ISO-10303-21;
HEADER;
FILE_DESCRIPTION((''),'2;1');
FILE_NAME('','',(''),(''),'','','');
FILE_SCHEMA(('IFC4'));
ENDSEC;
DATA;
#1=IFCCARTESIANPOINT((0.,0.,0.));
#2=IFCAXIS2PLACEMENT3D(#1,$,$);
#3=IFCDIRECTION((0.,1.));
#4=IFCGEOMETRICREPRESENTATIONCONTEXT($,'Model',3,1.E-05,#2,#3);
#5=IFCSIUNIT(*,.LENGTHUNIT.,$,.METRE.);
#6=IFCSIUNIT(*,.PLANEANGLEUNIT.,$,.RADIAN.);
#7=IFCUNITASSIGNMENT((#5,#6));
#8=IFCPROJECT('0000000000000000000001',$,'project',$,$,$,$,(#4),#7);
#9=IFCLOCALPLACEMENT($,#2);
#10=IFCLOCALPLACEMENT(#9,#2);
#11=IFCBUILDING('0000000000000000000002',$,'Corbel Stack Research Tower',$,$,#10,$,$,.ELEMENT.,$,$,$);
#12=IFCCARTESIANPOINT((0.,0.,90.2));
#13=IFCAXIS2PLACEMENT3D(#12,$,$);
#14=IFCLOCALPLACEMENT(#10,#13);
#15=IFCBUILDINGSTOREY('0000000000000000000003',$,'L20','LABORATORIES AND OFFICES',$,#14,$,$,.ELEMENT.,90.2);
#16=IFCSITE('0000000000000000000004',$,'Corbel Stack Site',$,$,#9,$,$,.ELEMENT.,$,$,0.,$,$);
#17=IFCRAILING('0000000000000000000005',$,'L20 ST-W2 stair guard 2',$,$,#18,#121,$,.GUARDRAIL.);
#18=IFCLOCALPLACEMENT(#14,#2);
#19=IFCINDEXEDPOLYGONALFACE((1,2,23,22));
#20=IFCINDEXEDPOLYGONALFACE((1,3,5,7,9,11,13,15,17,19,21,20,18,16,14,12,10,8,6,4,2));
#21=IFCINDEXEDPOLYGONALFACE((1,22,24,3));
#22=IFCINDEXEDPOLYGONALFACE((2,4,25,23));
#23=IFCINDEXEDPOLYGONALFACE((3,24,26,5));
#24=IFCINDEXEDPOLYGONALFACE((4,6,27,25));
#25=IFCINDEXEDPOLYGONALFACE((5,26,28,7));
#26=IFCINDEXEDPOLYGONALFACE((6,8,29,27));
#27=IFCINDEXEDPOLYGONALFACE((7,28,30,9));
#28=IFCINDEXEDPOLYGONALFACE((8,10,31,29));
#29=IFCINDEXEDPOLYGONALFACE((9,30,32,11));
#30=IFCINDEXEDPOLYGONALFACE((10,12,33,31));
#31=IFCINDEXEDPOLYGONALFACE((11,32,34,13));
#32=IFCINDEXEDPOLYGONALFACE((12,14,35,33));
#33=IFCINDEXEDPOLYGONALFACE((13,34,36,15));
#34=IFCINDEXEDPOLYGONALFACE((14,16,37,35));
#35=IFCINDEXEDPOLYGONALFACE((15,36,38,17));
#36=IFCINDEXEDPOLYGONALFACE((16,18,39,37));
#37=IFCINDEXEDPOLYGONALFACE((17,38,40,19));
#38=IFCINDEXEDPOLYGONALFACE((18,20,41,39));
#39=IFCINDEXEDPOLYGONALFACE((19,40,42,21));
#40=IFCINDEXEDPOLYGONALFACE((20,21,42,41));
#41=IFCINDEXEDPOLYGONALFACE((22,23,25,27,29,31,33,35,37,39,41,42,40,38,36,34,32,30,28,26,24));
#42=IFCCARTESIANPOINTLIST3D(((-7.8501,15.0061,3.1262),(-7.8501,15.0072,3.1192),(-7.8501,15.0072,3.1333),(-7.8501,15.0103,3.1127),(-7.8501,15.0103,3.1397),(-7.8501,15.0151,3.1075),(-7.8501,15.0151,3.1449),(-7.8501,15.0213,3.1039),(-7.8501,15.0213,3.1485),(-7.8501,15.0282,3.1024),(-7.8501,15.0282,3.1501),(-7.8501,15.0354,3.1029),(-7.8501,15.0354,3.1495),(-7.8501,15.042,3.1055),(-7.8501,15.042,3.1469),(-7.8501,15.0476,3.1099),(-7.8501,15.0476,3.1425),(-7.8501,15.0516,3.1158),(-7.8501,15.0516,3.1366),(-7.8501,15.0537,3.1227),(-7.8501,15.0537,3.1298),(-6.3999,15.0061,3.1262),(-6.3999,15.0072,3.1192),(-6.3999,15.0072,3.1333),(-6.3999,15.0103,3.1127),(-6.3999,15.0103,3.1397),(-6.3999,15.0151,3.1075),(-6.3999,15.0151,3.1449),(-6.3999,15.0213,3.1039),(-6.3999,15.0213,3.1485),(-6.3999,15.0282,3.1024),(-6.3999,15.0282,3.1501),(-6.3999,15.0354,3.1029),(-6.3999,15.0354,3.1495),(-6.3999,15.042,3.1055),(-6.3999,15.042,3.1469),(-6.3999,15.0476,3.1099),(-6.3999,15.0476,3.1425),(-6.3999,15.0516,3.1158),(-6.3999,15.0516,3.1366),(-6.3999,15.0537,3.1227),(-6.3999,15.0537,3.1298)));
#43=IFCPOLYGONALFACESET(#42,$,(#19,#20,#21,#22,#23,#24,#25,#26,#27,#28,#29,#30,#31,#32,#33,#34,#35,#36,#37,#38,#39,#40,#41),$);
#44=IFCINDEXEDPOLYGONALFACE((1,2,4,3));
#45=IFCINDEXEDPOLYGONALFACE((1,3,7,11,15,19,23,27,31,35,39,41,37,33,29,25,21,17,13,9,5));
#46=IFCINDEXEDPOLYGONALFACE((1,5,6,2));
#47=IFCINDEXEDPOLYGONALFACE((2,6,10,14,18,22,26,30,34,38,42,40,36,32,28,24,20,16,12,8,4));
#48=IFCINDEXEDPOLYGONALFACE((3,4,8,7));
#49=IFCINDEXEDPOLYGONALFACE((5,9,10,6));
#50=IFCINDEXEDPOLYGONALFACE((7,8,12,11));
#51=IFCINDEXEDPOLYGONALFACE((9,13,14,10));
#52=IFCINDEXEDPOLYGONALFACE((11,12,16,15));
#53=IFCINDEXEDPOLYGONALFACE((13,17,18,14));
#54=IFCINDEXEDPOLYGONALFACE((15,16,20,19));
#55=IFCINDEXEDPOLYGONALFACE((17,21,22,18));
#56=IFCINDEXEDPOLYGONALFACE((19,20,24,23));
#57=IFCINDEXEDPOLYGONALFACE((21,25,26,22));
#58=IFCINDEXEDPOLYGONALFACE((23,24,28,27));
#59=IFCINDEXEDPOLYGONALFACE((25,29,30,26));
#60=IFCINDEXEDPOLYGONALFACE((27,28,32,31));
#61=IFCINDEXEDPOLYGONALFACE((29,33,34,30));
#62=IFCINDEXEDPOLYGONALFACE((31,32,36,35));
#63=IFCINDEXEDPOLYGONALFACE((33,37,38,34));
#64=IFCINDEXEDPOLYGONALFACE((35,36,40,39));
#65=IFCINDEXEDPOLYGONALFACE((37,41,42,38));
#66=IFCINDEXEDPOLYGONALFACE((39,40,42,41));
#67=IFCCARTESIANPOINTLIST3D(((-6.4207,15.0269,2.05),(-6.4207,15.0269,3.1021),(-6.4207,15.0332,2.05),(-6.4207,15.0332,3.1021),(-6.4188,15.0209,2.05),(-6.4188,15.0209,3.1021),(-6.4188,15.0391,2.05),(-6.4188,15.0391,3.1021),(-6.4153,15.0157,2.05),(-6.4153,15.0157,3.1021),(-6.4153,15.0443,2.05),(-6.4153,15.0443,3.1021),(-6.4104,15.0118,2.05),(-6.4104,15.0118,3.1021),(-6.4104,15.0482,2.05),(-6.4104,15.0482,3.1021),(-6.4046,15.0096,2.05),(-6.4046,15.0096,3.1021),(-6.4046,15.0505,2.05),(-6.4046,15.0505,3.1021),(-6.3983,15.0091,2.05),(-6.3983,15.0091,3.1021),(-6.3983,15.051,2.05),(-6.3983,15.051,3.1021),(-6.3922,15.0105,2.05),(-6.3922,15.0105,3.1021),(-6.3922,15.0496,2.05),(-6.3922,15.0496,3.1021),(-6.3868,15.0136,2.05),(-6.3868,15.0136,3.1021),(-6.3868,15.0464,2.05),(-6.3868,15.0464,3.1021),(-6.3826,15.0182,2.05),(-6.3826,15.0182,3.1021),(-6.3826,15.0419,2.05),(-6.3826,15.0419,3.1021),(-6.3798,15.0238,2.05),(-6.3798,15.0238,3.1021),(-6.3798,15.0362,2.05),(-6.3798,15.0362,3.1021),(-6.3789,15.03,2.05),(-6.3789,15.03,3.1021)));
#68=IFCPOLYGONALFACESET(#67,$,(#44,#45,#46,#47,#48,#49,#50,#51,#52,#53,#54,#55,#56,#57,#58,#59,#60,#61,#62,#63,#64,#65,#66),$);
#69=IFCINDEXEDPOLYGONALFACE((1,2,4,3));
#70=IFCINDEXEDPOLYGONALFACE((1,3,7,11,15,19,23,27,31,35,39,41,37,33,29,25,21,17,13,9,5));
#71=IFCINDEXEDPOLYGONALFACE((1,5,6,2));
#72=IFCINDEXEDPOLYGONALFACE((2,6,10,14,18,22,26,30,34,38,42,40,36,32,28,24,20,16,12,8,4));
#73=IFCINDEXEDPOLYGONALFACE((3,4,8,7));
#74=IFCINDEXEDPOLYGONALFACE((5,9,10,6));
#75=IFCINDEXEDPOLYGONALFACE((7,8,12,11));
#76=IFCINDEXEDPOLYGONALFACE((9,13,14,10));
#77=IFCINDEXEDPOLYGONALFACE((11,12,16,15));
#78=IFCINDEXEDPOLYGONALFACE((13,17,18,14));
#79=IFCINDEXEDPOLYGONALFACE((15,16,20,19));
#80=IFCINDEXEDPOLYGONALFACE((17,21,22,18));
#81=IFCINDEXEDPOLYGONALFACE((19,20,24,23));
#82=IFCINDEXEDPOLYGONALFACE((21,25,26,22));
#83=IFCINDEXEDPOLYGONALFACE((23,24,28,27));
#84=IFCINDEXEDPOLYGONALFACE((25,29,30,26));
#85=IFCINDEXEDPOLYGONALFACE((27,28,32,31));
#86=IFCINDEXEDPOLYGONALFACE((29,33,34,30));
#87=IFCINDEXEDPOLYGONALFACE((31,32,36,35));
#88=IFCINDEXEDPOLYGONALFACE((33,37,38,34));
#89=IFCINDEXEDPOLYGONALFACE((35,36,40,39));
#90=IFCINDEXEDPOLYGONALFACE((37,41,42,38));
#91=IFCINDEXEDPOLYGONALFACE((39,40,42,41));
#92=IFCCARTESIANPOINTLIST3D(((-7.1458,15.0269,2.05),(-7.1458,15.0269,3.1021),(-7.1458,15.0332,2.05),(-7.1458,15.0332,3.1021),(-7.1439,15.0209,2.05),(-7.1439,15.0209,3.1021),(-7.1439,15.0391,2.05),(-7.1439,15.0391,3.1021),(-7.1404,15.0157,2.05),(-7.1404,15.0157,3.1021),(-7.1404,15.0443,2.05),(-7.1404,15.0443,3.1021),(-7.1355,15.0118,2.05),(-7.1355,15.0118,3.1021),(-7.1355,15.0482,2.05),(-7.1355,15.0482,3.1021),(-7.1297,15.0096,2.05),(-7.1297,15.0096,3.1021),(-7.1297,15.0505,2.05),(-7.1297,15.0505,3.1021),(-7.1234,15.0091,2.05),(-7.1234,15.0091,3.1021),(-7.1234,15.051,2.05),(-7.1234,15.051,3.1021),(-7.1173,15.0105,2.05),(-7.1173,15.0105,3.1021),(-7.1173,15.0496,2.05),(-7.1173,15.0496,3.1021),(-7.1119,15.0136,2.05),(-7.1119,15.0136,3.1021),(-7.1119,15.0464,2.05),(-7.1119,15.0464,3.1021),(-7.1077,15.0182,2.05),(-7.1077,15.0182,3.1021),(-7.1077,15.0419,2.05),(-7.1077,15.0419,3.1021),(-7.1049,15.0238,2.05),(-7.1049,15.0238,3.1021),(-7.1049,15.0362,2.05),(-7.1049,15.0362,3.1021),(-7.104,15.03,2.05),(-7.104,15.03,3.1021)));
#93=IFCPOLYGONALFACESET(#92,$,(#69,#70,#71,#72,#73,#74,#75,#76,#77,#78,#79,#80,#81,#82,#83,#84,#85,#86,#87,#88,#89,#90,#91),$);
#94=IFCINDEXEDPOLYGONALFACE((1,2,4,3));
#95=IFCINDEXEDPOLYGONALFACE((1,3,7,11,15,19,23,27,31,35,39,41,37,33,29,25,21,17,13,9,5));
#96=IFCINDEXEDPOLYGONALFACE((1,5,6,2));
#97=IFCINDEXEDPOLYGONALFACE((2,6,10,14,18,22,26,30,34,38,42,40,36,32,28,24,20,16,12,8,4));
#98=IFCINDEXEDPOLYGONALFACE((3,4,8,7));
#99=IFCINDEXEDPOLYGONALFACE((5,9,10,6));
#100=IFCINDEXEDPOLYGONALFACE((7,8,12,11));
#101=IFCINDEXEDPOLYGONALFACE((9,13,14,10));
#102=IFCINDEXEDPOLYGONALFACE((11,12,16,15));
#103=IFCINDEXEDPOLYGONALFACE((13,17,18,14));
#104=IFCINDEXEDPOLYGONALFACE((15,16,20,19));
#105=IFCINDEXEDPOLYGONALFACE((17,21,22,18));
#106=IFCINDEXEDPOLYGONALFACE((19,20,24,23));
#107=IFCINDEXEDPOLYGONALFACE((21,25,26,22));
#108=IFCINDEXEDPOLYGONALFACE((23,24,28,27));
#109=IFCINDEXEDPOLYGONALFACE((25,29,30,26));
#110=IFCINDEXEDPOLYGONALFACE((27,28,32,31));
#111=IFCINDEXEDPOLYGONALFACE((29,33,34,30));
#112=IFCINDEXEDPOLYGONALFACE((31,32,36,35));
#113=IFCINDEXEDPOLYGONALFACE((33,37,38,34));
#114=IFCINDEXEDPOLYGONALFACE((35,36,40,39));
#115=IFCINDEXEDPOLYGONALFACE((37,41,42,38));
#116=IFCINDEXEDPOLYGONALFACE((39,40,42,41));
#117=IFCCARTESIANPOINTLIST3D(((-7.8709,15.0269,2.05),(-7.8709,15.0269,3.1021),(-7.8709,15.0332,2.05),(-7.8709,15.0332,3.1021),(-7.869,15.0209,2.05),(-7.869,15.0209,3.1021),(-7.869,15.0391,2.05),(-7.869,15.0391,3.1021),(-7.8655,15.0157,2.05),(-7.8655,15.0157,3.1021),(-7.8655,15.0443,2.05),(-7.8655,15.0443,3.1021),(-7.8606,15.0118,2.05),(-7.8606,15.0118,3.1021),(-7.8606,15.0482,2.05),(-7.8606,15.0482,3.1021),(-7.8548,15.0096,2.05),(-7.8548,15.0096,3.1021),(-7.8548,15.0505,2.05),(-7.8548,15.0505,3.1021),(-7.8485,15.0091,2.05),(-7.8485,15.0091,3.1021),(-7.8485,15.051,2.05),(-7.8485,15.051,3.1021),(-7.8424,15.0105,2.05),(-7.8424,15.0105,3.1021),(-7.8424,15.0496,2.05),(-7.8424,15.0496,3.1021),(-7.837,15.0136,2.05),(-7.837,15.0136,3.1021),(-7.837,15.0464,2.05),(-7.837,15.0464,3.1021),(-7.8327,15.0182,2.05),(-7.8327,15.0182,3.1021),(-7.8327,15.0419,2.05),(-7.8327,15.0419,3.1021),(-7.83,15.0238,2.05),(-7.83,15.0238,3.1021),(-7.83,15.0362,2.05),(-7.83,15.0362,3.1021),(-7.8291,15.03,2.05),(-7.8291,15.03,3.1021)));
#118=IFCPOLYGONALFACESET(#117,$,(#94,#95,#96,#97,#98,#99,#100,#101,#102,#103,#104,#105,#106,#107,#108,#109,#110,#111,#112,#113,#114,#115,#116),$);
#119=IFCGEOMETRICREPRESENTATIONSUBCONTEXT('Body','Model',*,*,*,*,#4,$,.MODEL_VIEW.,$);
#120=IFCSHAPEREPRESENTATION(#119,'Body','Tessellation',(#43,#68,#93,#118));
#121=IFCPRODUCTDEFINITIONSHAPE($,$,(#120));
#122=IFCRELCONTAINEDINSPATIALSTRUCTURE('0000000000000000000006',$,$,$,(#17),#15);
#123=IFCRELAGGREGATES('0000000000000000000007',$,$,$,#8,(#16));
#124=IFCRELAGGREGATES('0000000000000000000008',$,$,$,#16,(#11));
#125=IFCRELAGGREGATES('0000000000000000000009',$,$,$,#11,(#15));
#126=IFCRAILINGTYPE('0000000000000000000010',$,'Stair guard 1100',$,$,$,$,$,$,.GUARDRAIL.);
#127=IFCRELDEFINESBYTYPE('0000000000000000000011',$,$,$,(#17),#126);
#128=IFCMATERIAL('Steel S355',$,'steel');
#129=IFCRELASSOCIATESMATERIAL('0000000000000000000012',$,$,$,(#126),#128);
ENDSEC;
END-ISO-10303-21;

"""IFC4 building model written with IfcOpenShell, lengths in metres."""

from ifc_helpers import new_model, si_unit, direction, frame, origin, origin_2d, place, context, subcontext, project, spatial, circle, extrude, material, type_object, element, save


model = new_model("IFC4")

# Units and contexts
model_context = context("Model", 3, precision=1e-05, world=origin(), true_north=direction((0.0, 1.0)))
body_context = subcontext(model_context, "Body", "Model", "MODEL_VIEW")
ifc_project = project(units=[si_unit("LENGTHUNIT", "METRE"), si_unit("PLANEANGLEUNIT", "RADIAN")], contexts=[model_context])

# Site, building, storey
site_placement = place(None, origin())
site = spatial("IfcSite", under=ifc_project, at=site_placement, Name="Corbel Stack Site", CompositionType="ELEMENT", RefElevation=0.0)
building_placement = place(site_placement, origin())
building = spatial("IfcBuilding", under=site, at=building_placement, Name="Corbel Stack Research Tower", CompositionType="ELEMENT")
storey_placement = place(building_placement, frame((0.0, 0.0, 90.2)))
storey = spatial("IfcBuildingStorey", under=building, at=storey_placement, Name="L20", Description="LABORATORIES AND OFFICES", CompositionType="ELEMENT", Elevation=90.2)

# Railing
ifc_material_1 = material(Name="Steel S355", Category="steel")
railing_type_1 = type_object("IfcRailingType", Name="Stair guard 1100", PredefinedType="GUARDRAIL", material=ifc_material_1)
railing_1_placement = place(storey_placement, frame((-6.3999, 15.03, 2.05)))
element("IfcRailing", 1, at=railing_1_placement, inside=storey, type_object=railing_type_1, Name="L20 ST-W2 stair guard 2", PredefinedType="GUARDRAIL", context=body_context, shape_type="SweptSolid", body=[
    extrude(circle(Radius=0.0239, at=origin_2d()), frame((0.0, 0.0, 1.0762), z_axis=(-1.0, 0.0, 0.0), x_axis=(0.0, -1.0, 0.0)), (0.0, 0.0, 1.0), 1.4502),
    extrude(circle(Radius=0.021, at=origin_2d()), origin(), (0.0, 0.0, 1.0), 1.052),
    extrude(circle(Radius=0.021, at=origin_2d()), frame((-0.7251, 0.0, 0.0)), (0.0, 0.0, 1.0), 1.052),
    extrude(circle(Radius=0.021, at=origin_2d()), frame((-1.4502, 0.0, 0.0)), (0.0, 0.0, 1.0), 1.052),
])

save(model, "model.ifc")
